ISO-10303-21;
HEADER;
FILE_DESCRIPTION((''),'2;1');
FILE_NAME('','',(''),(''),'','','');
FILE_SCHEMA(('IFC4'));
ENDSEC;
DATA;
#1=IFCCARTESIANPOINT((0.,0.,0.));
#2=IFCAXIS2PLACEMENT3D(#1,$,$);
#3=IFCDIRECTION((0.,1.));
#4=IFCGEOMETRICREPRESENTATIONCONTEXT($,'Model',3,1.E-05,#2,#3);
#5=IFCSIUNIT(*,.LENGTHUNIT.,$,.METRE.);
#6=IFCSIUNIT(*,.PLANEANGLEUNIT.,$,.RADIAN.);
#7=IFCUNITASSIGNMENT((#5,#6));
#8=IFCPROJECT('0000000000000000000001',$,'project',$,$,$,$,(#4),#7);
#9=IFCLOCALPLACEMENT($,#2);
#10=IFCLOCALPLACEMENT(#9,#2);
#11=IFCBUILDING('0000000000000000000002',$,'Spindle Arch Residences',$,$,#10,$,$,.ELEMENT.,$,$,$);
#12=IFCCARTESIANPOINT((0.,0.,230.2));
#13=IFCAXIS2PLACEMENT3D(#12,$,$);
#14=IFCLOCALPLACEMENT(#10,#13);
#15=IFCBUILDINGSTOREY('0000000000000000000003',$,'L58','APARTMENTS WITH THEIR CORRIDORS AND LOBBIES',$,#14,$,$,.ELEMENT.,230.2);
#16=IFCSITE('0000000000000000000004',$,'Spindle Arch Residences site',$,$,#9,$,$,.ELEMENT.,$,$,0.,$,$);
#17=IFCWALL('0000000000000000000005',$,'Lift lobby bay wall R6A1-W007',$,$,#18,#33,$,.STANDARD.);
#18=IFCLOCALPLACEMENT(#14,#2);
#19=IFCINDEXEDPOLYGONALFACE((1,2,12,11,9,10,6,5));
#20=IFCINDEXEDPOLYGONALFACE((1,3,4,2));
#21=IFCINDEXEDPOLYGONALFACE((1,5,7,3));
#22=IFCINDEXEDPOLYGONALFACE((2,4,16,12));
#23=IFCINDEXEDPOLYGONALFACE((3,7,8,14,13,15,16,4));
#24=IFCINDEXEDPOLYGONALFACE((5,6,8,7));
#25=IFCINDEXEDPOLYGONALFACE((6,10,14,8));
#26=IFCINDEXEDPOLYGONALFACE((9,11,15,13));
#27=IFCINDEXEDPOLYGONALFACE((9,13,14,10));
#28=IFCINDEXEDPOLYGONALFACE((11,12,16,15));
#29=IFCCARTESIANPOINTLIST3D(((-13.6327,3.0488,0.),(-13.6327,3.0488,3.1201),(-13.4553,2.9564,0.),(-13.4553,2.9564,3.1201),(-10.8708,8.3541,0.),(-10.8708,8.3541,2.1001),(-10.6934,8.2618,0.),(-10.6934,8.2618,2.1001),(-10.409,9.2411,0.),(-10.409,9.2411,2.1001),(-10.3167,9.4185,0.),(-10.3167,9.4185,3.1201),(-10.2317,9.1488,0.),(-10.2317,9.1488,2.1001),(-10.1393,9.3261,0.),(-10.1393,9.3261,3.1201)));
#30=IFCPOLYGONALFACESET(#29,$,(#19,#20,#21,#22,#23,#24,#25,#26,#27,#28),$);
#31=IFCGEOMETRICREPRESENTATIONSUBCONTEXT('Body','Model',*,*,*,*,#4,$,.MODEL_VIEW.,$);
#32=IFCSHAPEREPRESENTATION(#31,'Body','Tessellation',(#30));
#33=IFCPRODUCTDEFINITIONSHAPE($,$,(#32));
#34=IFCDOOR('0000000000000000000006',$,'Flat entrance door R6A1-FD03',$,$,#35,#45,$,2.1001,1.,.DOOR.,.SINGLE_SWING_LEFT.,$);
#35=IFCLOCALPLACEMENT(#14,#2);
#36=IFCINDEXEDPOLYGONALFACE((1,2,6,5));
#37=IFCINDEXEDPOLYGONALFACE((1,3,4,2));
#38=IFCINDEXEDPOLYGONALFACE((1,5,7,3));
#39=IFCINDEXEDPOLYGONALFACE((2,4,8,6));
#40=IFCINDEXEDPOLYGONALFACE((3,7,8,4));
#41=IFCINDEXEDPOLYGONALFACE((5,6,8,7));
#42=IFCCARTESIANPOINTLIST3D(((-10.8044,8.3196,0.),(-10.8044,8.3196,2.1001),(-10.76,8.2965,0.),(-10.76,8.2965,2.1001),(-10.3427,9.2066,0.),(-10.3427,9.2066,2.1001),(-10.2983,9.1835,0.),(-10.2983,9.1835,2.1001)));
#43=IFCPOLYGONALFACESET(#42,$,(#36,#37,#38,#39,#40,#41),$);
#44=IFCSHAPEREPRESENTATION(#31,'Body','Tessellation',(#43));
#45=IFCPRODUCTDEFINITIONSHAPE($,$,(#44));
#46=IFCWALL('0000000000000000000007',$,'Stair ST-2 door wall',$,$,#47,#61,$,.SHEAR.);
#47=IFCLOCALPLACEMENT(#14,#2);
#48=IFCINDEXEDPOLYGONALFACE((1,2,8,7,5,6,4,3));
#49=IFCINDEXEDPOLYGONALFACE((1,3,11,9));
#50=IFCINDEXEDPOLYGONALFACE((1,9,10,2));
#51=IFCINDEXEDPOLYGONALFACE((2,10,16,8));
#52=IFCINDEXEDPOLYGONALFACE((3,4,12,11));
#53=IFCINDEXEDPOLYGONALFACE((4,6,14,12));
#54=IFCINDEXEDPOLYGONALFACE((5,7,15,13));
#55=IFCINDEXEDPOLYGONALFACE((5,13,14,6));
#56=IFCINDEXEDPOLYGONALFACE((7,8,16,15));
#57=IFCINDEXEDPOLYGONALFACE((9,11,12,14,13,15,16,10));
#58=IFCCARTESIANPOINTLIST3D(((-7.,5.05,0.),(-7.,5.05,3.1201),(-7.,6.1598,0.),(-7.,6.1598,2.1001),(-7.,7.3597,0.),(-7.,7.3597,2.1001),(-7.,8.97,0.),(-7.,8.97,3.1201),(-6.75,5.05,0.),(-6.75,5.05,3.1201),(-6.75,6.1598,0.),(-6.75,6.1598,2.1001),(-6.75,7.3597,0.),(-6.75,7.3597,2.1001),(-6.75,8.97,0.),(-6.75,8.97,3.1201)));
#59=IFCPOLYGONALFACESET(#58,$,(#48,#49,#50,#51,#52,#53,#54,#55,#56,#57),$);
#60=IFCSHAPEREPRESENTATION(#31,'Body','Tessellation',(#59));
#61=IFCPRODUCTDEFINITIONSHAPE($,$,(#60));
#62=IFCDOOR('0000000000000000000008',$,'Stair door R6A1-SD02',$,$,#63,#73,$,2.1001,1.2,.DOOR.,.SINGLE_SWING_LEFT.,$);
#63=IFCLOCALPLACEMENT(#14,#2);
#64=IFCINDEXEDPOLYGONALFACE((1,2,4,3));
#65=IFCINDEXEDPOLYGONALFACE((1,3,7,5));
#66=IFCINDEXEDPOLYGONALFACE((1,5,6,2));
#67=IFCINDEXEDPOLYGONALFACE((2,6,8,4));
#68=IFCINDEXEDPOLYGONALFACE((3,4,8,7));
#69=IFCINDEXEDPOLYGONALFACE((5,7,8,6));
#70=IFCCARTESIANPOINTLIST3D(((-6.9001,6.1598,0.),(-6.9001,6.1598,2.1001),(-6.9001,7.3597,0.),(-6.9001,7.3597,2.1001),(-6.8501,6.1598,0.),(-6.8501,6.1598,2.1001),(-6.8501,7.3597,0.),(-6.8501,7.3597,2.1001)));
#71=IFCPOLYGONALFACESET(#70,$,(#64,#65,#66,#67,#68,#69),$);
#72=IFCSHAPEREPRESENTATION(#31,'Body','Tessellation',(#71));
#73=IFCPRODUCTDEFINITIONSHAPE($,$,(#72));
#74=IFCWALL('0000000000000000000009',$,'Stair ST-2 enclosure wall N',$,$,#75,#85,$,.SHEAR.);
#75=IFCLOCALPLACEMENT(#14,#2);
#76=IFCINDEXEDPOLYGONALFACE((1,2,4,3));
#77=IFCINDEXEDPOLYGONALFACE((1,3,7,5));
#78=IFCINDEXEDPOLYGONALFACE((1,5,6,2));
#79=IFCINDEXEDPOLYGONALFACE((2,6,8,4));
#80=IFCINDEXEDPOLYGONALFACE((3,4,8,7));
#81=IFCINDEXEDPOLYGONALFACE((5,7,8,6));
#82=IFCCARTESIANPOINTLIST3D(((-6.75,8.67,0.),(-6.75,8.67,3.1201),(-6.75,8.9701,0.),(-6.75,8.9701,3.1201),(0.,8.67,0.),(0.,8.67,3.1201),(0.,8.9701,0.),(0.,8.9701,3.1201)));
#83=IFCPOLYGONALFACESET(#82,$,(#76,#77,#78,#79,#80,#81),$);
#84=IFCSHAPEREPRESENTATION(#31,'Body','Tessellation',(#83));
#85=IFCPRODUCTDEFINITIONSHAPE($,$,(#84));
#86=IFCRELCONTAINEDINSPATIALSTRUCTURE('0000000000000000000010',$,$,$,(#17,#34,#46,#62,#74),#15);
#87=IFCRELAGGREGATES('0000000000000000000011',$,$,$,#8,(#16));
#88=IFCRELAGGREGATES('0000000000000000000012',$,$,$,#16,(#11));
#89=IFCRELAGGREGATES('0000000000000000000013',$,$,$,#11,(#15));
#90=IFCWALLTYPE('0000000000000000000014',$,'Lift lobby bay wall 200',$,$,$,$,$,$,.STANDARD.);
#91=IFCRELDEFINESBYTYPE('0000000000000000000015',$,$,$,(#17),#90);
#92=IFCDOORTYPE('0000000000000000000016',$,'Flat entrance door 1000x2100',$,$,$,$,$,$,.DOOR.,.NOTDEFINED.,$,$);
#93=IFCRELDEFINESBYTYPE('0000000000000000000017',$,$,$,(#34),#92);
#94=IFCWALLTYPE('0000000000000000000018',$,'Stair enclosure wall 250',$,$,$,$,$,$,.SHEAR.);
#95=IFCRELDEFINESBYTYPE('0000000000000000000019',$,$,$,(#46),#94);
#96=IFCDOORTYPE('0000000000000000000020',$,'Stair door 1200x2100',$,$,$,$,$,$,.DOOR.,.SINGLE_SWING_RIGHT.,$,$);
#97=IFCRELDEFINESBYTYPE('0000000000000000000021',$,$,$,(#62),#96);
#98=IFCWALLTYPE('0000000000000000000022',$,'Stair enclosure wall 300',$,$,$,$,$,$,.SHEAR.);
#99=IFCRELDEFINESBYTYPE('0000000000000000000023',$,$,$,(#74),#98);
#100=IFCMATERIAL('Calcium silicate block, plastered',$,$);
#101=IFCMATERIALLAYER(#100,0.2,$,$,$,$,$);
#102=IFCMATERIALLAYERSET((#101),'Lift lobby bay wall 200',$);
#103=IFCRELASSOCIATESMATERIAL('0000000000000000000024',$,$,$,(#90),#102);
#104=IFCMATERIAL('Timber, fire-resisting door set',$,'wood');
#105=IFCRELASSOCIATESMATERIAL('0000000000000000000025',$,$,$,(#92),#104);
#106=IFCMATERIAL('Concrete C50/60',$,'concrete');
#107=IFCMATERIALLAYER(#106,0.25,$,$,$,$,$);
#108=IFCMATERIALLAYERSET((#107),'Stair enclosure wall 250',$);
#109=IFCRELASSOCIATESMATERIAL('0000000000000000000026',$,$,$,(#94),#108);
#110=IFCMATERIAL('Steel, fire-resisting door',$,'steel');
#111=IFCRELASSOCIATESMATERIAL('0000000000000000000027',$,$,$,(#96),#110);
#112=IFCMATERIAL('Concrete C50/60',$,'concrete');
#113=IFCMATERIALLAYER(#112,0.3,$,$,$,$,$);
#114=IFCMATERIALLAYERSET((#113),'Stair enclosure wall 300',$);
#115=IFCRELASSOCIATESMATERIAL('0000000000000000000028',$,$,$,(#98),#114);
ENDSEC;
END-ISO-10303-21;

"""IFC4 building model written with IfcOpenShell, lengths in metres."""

from ifc_helpers import new_model, si_unit, direction, frame, frame_2d, origin, place, context, subcontext, project, spatial, rectangle, extrude, material, layer, layer_set, type_object, element, fill, save


model = new_model("IFC4")

# Units and contexts
model_context = context("Model", 3, precision=1e-05, world=origin(), true_north=direction((0.0, 1.0)))
body_context = subcontext(model_context, "Body", "Model", "MODEL_VIEW")
ifc_project = project(units=[si_unit("LENGTHUNIT", "METRE"), si_unit("PLANEANGLEUNIT", "RADIAN")], contexts=[model_context])

# Site, building, storey
site_placement = place(None, origin())
site = spatial("IfcSite", under=ifc_project, at=site_placement, Name="Spindle Arch Residences site", CompositionType="ELEMENT", RefElevation=0.0)
building_placement = place(site_placement, origin())
building = spatial("IfcBuilding", under=site, at=building_placement, Name="Spindle Arch Residences", CompositionType="ELEMENT")
storey_placement = place(building_placement, frame((0.0, 0.0, 230.2)))
storey = spatial("IfcBuildingStorey", under=building, at=storey_placement, Name="L58", Description="APARTMENTS WITH THEIR CORRIDORS AND LOBBIES", CompositionType="ELEMENT", Elevation=230.2)

# Walls, openings, doors
ifc_material_1 = material(Name="Calcium silicate block, plastered")
ifc_layer_1 = layer(ifc_material_1, 0.2)
ifc_layer_set_1 = layer_set([ifc_layer_1], Name="Lift lobby bay wall 200")
wall_type_1 = type_object("IfcWallType", Name="Lift lobby bay wall 200", PredefinedType="STANDARD", material=ifc_layer_set_1)
wall_1_placement = place(storey_placement, frame((-10.228, 9.3723, 0.0), z_axis=(0.0, 0.0, 1.0), x_axis=(-0.461759, -0.887005, 0.0)))
wall_1 = element("IfcWall", 1, at=wall_1_placement, inside=storey, type_object=wall_type_1, Name="Lift lobby bay wall R6A1-W007", PredefinedType="STANDARD", context=body_context, shape_type="SweptSolid", body=[
    extrude(rectangle(XDim=7.1812, YDim=0.2, at=frame_2d((3.5906, 0.0))), origin(), (0.0, 0.0, 1.0), 3.1201),
])
opening_1_placement = place(wall_1_placement, frame((0.2, 0.0, 0.0)))
opening_1 = element("IfcOpeningElement", 2, at=opening_1_placement, cuts=wall_1, PredefinedType="OPENING", context=body_context, shape_type="SweptSolid", body=[
    extrude(rectangle(XDim=1.0, YDim=2.1001, at=frame_2d((0.5, 1.05))), frame((0.0, 0.1099, 0.0), z_axis=(0.0, -1.0, 0.0), x_axis=(1.0, 0.0, 0.0)), (0.0, 0.0, 1.0), 0.22),
])
ifc_material_2 = material(Name="Timber, fire-resisting door set", Category="wood")
door_type_1 = type_object("IfcDoorType", Name="Flat entrance door 1000x2100", OperationType="NOTDEFINED", PredefinedType="DOOR", material=ifc_material_2)
door_1_placement = place(opening_1_placement, origin())
door_1 = element("IfcDoor", 3, at=door_1_placement, inside=storey, type_object=door_type_1, Name="Flat entrance door R6A1-FD03", OperationType="SINGLE_SWING_LEFT", OverallHeight=2.1001, OverallWidth=1.0, PredefinedType="DOOR", context=body_context, shape_type="SweptSolid", body=[
    extrude(rectangle(XDim=1.0, YDim=2.1001, at=frame_2d((0.5, 1.05))), frame((0.0, 0.0249, 0.0), z_axis=(0.0, -1.0, 0.0), x_axis=(1.0, 0.0, 0.0)), (0.0, 0.0, 1.0), 0.05),
])
fill(opening_1, door_1)
ifc_material_3 = material(Name="Concrete C50/60", Category="concrete")
ifc_layer_2 = layer(ifc_material_3, 0.25)
ifc_layer_set_2 = layer_set([ifc_layer_2], Name="Stair enclosure wall 250")
wall_type_2 = type_object("IfcWallType", Name="Stair enclosure wall 250", PredefinedType="SHEAR", material=ifc_layer_set_2)
wall_2_placement = place(storey_placement, frame((-6.875, 8.97, 0.0), z_axis=(0.0, 0.0, 1.0), x_axis=(0.0, -1.0, 0.0)))
wall_2 = element("IfcWall", 4, at=wall_2_placement, inside=storey, type_object=wall_type_2, Name="Stair ST-2 door wall", PredefinedType="SHEAR", context=body_context, shape_type="SweptSolid", body=[
    extrude(rectangle(XDim=3.9199, YDim=0.25, at=frame_2d((1.96, 0.0))), origin(), (0.0, 0.0, 1.0), 3.1201),
])
opening_2_placement = place(wall_2_placement, frame((1.6101, 0.0, 0.0)))
opening_2 = element("IfcOpeningElement", 5, at=opening_2_placement, cuts=wall_2, PredefinedType="OPENING", context=body_context, shape_type="SweptSolid", body=[
    extrude(rectangle(XDim=1.2, YDim=2.1001, at=frame_2d((0.6001, 1.05))), frame((0.0, 0.135, 0.0), z_axis=(0.0, -1.0, 0.0), x_axis=(1.0, 0.0, 0.0)), (0.0, 0.0, 1.0), 0.27),
])
ifc_material_4 = material(Name="Steel, fire-resisting door", Category="steel")
door_type_2 = type_object("IfcDoorType", Name="Stair door 1200x2100", OperationType="SINGLE_SWING_RIGHT", PredefinedType="DOOR", material=ifc_material_4)
door_2_placement = place(opening_2_placement, origin())
door_2 = element("IfcDoor", 6, at=door_2_placement, inside=storey, type_object=door_type_2, Name="Stair door R6A1-SD02", OperationType="SINGLE_SWING_LEFT", OverallHeight=2.1001, OverallWidth=1.2, PredefinedType="DOOR", context=body_context, shape_type="SweptSolid", body=[
    extrude(rectangle(XDim=1.2, YDim=2.1001, at=frame_2d((0.6001, 1.05))), frame((0.0, 0.0249, 0.0), z_axis=(0.0, -1.0, 0.0), x_axis=(1.0, 0.0, 0.0)), (0.0, 0.0, 1.0), 0.05),
])
fill(opening_2, door_2)

# Wall
ifc_material_5 = material(Name="Concrete C50/60", Category="concrete")
ifc_layer_3 = layer(ifc_material_5, 0.3)
ifc_layer_set_3 = layer_set([ifc_layer_3], Name="Stair enclosure wall 300")
wall_type_3 = type_object("IfcWallType", Name="Stair enclosure wall 300", PredefinedType="SHEAR", material=ifc_layer_set_3)
wall_3_placement = place(storey_placement, frame((-6.75, 8.8201, 0.0), z_axis=(0.0, 0.0, 1.0), x_axis=(1.0, 0.0, 0.0)))
element("IfcWall", 7, at=wall_3_placement, inside=storey, type_object=wall_type_3, Name="Stair ST-2 enclosure wall N", PredefinedType="SHEAR", context=body_context, shape_type="SweptSolid", body=[
    extrude(rectangle(XDim=6.75, YDim=0.3, at=frame_2d((3.375, 0.0))), origin(), (0.0, 0.0, 1.0), 3.1201),
])

save(model, "model.ifc")
